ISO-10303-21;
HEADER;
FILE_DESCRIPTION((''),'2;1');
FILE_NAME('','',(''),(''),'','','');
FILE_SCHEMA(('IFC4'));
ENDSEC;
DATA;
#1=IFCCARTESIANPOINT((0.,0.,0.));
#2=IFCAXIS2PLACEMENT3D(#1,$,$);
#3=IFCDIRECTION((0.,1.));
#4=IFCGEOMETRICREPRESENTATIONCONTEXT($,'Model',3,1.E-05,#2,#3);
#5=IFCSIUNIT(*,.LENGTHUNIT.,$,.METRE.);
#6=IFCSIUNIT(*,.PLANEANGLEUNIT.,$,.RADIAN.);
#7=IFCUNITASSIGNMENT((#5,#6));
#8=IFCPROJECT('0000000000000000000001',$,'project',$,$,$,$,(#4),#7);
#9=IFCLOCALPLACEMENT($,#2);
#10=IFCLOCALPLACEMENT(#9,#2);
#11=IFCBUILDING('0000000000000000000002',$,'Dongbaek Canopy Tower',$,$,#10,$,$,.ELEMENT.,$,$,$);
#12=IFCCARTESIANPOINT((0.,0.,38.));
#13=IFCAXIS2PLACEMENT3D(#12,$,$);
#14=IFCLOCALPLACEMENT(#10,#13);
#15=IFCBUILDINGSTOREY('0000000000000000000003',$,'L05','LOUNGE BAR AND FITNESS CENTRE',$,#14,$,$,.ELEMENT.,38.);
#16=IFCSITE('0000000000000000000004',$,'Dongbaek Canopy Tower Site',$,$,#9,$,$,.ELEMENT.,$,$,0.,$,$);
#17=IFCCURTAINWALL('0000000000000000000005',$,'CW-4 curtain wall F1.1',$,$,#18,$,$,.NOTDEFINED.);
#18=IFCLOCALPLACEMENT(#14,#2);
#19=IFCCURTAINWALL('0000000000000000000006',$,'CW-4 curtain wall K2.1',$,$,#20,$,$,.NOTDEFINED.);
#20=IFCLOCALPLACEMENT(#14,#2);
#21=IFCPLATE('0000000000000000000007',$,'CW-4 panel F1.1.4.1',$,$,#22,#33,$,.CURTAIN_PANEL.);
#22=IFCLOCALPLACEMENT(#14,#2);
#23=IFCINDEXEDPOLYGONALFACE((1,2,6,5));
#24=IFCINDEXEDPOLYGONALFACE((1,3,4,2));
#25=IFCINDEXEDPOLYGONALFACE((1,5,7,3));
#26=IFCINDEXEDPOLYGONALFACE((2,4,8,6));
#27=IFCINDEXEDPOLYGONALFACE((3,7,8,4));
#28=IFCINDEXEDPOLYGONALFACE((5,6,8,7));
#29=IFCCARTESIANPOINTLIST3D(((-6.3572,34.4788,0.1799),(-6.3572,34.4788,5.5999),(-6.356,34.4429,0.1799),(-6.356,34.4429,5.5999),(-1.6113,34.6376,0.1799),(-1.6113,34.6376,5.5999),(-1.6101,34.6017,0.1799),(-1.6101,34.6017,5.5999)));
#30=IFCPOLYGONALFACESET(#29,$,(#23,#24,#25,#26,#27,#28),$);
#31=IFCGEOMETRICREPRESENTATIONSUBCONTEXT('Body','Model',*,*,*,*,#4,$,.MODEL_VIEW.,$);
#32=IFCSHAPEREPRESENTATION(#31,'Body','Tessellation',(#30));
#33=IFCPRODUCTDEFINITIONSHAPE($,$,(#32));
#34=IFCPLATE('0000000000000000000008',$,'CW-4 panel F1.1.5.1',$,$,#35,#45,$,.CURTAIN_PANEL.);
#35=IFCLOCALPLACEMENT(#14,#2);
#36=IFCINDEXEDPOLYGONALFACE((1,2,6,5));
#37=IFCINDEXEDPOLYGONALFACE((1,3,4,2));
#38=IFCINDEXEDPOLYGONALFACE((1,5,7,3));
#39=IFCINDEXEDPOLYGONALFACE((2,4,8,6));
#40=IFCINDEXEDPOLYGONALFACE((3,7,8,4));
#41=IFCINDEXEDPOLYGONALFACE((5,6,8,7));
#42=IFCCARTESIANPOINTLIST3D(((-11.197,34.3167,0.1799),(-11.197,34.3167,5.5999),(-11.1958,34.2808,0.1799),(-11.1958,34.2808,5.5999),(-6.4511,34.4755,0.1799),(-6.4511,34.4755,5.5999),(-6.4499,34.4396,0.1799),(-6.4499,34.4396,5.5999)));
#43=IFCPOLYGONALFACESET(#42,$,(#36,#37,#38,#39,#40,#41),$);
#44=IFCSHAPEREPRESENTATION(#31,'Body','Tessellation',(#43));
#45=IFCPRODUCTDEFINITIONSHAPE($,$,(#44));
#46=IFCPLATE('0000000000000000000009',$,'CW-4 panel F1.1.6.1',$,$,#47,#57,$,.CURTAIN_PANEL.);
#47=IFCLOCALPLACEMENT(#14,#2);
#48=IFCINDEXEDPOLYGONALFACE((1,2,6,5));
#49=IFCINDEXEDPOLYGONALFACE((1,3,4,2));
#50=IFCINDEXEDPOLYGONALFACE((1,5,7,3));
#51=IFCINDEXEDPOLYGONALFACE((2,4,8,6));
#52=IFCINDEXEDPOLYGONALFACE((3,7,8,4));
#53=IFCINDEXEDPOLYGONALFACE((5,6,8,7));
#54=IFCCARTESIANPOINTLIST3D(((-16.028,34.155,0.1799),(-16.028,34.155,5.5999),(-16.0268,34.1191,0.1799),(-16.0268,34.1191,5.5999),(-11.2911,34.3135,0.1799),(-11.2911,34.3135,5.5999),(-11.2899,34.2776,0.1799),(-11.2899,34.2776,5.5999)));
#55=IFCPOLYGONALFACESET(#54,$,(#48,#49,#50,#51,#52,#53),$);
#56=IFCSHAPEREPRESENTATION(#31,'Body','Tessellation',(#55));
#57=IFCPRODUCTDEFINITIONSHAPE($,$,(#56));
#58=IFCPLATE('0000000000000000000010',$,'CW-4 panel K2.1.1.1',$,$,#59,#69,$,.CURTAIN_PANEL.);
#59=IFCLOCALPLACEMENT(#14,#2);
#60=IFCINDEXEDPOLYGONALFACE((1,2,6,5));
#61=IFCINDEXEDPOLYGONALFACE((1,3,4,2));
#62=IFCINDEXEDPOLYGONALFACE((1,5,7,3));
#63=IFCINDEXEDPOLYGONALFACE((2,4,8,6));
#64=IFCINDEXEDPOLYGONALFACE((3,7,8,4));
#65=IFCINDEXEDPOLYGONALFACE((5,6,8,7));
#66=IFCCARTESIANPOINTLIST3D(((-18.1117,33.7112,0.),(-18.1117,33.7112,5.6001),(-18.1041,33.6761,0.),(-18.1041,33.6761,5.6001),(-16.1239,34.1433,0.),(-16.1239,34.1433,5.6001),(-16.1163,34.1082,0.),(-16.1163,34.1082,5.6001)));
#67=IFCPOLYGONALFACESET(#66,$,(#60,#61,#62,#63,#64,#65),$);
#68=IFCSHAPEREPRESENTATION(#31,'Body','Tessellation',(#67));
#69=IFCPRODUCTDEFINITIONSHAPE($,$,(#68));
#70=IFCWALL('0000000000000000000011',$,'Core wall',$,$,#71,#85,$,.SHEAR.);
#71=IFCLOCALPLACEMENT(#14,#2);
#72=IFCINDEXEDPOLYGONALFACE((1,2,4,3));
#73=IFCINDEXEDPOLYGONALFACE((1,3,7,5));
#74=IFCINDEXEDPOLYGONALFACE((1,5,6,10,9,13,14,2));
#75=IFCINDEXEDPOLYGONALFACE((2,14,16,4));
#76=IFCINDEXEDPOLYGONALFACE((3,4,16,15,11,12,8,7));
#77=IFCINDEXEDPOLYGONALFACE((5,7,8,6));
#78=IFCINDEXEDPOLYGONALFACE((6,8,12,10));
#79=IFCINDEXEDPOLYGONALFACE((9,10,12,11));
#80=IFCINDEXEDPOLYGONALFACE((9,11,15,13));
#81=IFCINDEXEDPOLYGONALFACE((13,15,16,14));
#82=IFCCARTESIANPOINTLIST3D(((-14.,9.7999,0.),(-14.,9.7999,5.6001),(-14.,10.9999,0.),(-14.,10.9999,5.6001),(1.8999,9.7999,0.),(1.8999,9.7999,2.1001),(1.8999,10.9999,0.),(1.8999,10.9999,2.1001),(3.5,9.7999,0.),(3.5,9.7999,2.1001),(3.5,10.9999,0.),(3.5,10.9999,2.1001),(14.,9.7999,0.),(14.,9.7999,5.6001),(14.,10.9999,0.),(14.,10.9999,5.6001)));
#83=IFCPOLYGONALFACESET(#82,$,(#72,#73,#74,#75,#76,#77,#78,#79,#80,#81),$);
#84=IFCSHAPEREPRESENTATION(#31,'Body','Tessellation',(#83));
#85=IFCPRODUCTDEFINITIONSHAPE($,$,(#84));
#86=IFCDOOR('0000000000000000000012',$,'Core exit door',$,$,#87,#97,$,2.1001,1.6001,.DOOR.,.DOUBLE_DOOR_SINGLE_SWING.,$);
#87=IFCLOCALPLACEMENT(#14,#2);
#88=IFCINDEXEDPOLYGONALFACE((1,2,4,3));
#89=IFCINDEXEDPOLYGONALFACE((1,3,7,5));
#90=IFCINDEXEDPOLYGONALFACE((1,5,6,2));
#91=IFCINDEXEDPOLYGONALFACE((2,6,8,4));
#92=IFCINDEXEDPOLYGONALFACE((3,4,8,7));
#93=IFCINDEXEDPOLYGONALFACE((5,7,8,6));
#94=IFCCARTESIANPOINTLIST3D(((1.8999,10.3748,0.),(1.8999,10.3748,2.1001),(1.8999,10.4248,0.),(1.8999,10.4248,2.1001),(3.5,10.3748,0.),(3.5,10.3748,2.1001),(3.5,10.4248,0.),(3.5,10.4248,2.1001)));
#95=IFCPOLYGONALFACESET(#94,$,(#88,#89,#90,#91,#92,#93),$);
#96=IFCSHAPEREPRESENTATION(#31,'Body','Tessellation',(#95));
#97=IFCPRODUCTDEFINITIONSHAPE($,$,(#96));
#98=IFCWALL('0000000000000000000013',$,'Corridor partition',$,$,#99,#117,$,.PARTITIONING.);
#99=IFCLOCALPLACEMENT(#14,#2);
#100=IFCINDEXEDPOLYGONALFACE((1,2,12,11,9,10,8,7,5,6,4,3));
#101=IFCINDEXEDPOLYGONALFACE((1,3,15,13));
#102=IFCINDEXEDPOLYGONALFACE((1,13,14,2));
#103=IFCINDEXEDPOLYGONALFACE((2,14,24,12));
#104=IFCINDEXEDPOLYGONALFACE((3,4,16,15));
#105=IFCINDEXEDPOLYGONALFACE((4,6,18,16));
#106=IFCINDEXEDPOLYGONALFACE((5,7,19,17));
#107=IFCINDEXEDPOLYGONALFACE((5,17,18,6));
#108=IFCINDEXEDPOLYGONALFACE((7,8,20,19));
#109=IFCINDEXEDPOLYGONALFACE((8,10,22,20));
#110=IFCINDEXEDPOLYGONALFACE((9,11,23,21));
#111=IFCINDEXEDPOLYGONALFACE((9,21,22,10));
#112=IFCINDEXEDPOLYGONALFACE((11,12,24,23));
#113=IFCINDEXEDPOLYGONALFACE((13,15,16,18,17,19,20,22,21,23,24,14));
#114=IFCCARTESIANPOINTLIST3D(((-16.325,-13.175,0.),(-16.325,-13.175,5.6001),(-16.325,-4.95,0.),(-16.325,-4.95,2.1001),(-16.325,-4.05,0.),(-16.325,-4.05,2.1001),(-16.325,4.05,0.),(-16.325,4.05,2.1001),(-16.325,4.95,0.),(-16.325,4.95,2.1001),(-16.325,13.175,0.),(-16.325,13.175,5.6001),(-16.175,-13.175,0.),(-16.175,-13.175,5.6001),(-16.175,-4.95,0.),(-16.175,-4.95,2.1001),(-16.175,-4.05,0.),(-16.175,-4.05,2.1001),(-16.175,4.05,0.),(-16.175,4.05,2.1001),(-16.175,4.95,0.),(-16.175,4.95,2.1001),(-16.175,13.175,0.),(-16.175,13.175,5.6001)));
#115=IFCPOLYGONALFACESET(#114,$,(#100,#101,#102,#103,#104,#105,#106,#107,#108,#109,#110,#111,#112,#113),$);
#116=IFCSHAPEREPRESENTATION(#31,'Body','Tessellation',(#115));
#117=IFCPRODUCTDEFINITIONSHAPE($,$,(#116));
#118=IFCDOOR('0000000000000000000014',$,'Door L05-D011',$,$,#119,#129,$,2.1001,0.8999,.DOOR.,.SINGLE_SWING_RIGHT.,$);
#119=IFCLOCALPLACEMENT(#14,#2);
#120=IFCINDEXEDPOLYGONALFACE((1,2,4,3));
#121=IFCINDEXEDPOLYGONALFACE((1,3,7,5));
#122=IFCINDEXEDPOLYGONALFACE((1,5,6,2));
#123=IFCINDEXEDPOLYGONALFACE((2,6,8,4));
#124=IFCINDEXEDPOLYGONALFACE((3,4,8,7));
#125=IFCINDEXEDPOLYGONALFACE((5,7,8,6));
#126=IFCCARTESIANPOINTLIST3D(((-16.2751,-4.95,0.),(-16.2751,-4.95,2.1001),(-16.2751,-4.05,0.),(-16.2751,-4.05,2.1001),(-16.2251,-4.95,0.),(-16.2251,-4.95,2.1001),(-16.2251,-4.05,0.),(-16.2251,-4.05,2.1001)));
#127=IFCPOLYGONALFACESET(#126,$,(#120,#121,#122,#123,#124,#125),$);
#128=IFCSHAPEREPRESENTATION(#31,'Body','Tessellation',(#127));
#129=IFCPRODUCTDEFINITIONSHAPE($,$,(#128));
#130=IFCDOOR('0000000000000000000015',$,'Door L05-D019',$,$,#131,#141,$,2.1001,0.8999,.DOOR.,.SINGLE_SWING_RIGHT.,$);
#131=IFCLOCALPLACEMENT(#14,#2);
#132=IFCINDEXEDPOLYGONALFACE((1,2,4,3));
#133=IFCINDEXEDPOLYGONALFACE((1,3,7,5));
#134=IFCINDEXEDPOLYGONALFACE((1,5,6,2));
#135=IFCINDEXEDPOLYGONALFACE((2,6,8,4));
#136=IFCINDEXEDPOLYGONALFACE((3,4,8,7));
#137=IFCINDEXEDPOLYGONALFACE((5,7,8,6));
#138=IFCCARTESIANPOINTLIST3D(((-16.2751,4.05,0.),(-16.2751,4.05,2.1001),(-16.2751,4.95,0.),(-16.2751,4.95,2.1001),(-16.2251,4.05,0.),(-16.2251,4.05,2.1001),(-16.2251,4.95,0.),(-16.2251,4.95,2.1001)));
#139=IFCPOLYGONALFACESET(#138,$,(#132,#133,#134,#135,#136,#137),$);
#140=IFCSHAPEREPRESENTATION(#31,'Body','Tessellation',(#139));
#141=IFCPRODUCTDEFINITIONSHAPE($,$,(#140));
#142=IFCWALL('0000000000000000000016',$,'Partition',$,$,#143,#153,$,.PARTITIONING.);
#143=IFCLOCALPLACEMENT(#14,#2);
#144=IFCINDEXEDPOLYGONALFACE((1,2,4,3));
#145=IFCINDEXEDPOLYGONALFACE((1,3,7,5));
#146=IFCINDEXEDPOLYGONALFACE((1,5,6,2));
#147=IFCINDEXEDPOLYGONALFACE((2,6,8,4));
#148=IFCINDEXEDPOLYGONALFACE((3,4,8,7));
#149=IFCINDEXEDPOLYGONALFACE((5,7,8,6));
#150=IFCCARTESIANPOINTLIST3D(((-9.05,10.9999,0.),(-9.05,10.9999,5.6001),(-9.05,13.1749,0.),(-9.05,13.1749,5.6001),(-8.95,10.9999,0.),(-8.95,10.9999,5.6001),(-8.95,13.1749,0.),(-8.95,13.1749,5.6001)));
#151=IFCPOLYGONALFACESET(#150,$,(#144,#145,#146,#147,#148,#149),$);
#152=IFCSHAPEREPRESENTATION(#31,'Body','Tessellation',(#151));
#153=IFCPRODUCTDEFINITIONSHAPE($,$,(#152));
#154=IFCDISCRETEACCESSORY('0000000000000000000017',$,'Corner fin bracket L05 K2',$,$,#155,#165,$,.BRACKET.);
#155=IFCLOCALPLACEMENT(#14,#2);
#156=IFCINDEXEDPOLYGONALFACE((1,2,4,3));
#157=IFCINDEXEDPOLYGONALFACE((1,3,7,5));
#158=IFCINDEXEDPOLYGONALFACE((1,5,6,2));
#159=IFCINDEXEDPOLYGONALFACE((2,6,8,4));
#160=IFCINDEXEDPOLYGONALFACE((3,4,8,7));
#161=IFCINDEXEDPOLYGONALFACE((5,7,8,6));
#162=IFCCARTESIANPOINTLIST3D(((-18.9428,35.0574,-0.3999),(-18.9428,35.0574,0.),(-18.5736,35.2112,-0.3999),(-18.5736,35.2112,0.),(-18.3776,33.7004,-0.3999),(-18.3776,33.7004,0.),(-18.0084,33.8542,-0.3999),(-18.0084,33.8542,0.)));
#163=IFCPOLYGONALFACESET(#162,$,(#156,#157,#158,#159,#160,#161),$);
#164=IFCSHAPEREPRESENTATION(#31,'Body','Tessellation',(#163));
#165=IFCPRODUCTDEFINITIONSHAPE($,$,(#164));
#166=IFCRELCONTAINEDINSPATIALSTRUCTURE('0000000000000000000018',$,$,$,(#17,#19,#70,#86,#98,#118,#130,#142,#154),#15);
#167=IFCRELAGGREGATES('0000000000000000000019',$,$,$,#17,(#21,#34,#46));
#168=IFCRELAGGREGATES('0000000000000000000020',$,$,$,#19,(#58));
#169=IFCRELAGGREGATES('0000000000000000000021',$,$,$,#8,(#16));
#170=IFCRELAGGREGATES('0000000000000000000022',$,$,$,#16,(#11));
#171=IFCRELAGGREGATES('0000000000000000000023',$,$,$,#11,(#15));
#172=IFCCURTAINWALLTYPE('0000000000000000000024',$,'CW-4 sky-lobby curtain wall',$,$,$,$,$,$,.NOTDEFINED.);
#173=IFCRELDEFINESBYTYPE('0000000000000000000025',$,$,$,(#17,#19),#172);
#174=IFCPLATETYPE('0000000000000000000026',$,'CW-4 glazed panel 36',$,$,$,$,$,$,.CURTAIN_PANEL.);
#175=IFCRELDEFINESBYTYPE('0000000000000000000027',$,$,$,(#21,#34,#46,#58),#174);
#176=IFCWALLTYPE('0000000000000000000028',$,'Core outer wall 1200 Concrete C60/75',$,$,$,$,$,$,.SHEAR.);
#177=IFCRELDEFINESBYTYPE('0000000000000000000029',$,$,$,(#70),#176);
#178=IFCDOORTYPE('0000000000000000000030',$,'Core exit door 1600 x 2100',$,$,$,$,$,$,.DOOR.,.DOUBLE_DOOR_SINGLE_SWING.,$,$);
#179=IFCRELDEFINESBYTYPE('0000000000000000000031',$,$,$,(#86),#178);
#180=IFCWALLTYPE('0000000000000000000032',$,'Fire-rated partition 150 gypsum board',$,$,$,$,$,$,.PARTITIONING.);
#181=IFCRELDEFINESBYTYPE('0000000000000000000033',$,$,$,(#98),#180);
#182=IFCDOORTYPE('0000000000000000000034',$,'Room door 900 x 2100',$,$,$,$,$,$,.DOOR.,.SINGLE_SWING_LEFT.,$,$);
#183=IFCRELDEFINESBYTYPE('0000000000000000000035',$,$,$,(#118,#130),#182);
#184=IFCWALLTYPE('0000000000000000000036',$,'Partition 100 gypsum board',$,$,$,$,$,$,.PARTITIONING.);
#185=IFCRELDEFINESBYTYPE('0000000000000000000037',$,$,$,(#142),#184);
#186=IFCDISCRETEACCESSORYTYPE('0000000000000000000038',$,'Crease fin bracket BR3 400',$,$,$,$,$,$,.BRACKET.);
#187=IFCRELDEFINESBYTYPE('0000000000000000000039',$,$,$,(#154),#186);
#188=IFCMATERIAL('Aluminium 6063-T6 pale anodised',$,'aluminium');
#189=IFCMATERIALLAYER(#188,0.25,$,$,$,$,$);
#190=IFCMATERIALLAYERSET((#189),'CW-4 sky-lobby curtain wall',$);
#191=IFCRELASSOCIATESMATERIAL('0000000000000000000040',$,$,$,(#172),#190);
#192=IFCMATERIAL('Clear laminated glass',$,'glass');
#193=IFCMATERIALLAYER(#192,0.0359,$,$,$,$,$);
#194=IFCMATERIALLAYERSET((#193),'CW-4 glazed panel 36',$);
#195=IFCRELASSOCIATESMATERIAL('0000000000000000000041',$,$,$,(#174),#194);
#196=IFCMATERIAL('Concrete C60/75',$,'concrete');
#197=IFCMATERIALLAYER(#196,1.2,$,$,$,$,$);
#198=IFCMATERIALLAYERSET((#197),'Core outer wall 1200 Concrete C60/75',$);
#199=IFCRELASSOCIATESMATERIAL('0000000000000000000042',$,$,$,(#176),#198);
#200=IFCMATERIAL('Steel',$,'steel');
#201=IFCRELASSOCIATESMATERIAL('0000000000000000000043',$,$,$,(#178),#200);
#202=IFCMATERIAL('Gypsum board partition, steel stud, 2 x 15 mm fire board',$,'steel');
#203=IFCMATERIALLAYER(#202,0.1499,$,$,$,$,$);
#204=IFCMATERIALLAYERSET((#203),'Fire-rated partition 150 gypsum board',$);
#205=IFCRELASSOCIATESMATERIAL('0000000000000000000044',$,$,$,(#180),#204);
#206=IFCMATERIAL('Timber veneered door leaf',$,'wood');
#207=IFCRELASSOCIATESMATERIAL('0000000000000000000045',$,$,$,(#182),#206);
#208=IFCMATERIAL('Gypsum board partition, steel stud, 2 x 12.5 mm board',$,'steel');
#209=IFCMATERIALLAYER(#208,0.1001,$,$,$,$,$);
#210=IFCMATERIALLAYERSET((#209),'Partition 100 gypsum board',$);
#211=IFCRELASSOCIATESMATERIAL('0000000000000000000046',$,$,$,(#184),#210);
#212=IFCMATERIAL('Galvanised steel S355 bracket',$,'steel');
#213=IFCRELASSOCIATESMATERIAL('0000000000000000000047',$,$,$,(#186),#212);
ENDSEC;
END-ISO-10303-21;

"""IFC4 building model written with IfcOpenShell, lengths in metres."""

from ifc_helpers import new_model, si_unit, direction, frame, frame_2d, origin, origin_2d, place, context, subcontext, project, spatial, rectangle, extrude, material, layer, layer_set, type_object, element, fill, aggregate, save


model = new_model("IFC4")

# Units and contexts
model_context = context("Model", 3, precision=1e-05, world=origin(), true_north=direction((0.0, 1.0)))
body_context = subcontext(model_context, "Body", "Model", "MODEL_VIEW")
ifc_project = project(units=[si_unit("LENGTHUNIT", "METRE"), si_unit("PLANEANGLEUNIT", "RADIAN")], contexts=[model_context])

# Site, building, storey
site_placement = place(None, origin())
site = spatial("IfcSite", under=ifc_project, at=site_placement, Name="Dongbaek Canopy Tower Site", CompositionType="ELEMENT", RefElevation=0.0)
building_placement = place(site_placement, origin())
building = spatial("IfcBuilding", under=site, at=building_placement, Name="Dongbaek Canopy Tower", CompositionType="ELEMENT")
storey_placement = place(building_placement, frame((0.0, 0.0, 38.0)))
storey = spatial("IfcBuildingStorey", under=building, at=storey_placement, Name="L05", Description="LOUNGE BAR AND FITNESS CENTRE", CompositionType="ELEMENT", Elevation=38.0)

# Curtain wall
ifc_material_1 = material(Name="Aluminium 6063-T6 pale anodised", Category="aluminium")
ifc_layer_1 = layer(ifc_material_1, 0.25)
ifc_layer_set_1 = layer_set([ifc_layer_1], Name="CW-4 sky-lobby curtain wall")
curtain_wall_type = type_object("IfcCurtainWallType", Name="CW-4 sky-lobby curtain wall", PredefinedType="NOTDEFINED", material=ifc_layer_set_1)
curtain_wall_1_placement = place(storey_placement, origin())
curtain_wall_1 = element("IfcCurtainWall", 1, at=curtain_wall_1_placement, inside=storey, type_object=curtain_wall_type, Name="CW-4 curtain wall F1.1", PredefinedType="NOTDEFINED")

# Curtain wall
curtain_wall_2_placement = place(storey_placement, origin())
curtain_wall_2 = element("IfcCurtainWall", 2, at=curtain_wall_2_placement, inside=storey, type_object=curtain_wall_type, Name="CW-4 curtain wall K2.1", PredefinedType="NOTDEFINED")

# Plates
ifc_material_2 = material(Name="Clear laminated glass", Category="glass")
ifc_layer_2 = layer(ifc_material_2, 0.0359)
ifc_layer_set_2 = layer_set([ifc_layer_2], Name="CW-4 glazed panel 36")
plate_type = type_object("IfcPlateType", Name="CW-4 glazed panel 36", PredefinedType="CURTAIN_PANEL", material=ifc_layer_set_2)
plate_1_placement = place(storey_placement, frame((-3.9836, 34.5403, 0.1799), z_axis=(0.0, 0.0, 1.0), x_axis=(-0.999441, -0.033442, 0.0)))
plate_1 = element("IfcPlate", 3, at=plate_1_placement, type_object=plate_type, Name="CW-4 panel F1.1.4.1", PredefinedType="CURTAIN_PANEL", context=body_context, shape_type="SweptSolid", body=[
    extrude(rectangle(XDim=4.7485, YDim=0.0359, at=origin_2d()), origin(), (0.0, 0.0, 1.0), 5.4199),
])
plate_2_placement = place(storey_placement, frame((-8.8235, 34.3782, 0.1799), z_axis=(0.0, 0.0, 1.0), x_axis=(-0.999441, -0.033442, 0.0)))
plate_2 = element("IfcPlate", 4, at=plate_2_placement, type_object=plate_type, Name="CW-4 panel F1.1.5.1", PredefinedType="CURTAIN_PANEL", context=body_context, shape_type="SweptSolid", body=[
    extrude(rectangle(XDim=4.7485, YDim=0.0359, at=origin_2d()), origin(), (0.0, 0.0, 1.0), 5.4199),
])
plate_3_placement = place(storey_placement, frame((-13.6589, 34.2163, 0.1799), z_axis=(0.0, 0.0, 1.0), x_axis=(-0.999441, -0.033442, 0.0)))
plate_3 = element("IfcPlate", 5, at=plate_3_placement, type_object=plate_type, Name="CW-4 panel F1.1.6.1", PredefinedType="CURTAIN_PANEL", context=body_context, shape_type="SweptSolid", body=[
    extrude(rectangle(XDim=4.7395, YDim=0.0359, at=origin_2d()), origin(), (0.0, 0.0, 1.0), 5.4199),
])
aggregate(curtain_wall_1, [plate_1, plate_2, plate_3])
plate_4_placement = place(storey_placement, frame((-17.114, 33.9097, 0.0), z_axis=(0.0, 0.0, 1.0), x_axis=(-0.977179, -0.212419, 0.0)))
plate_4 = element("IfcPlate", 6, at=plate_4_placement, type_object=plate_type, Name="CW-4 panel K2.1.1.1", PredefinedType="CURTAIN_PANEL", context=body_context, shape_type="SweptSolid", body=[
    extrude(rectangle(XDim=2.0342, YDim=0.0359, at=origin_2d()), origin(), (0.0, 0.0, 1.0), 5.6001),
])
aggregate(curtain_wall_2, [plate_4])

# Wall, opening, door
ifc_material_3 = material(Name="Concrete C60/75", Category="concrete")
ifc_layer_3 = layer(ifc_material_3, 1.2)
ifc_layer_set_3 = layer_set([ifc_layer_3], Name="Core outer wall 1200 Concrete C60/75")
wall_type_1 = type_object("IfcWallType", Name="Core outer wall 1200 Concrete C60/75", PredefinedType="SHEAR", material=ifc_layer_set_3)
wall_1_placement = place(storey_placement, frame((-14.0, 10.3999, 0.0), z_axis=(0.0, 0.0, 1.0), x_axis=(1.0, 0.0, 0.0)))
wall_1 = element("IfcWall", 7, at=wall_1_placement, inside=storey, type_object=wall_type_1, Name="Core wall", PredefinedType="SHEAR", context=body_context, shape_type="SweptSolid", body=[
    extrude(rectangle(XDim=28.0, YDim=1.2, at=frame_2d((14.0, 0.0))), origin(), (0.0, 0.0, 1.0), 5.6001),
])
opening_1_placement = place(wall_1_placement, frame((15.8999, 0.0, 0.0)))
opening_1 = element("IfcOpeningElement", 8, at=opening_1_placement, cuts=wall_1, PredefinedType="OPENING", context=body_context, shape_type="SweptSolid", body=[
    extrude(rectangle(XDim=1.6001, YDim=2.1001, at=frame_2d((0.8, 1.05))), frame((0.0, 0.6099, 0.0), z_axis=(0.0, -1.0, 0.0), x_axis=(1.0, 0.0, 0.0)), (0.0, 0.0, 1.0), 1.22),
])
ifc_material_4 = material(Name="Steel", Category="steel")
door_type_1 = type_object("IfcDoorType", Name="Core exit door 1600 x 2100", OperationType="DOUBLE_DOOR_SINGLE_SWING", PredefinedType="DOOR", material=ifc_material_4)
door_1_placement = place(opening_1_placement, origin())
door_1 = element("IfcDoor", 9, at=door_1_placement, inside=storey, type_object=door_type_1, Name="Core exit door", OperationType="DOUBLE_DOOR_SINGLE_SWING", OverallHeight=2.1001, OverallWidth=1.6001, PredefinedType="DOOR", context=body_context, shape_type="SweptSolid", body=[
    extrude(rectangle(XDim=1.6001, YDim=2.1001, at=frame_2d((0.8, 1.05))), frame((0.0, 0.0249, 0.0), z_axis=(0.0, -1.0, 0.0), x_axis=(1.0, 0.0, 0.0)), (0.0, 0.0, 1.0), 0.05),
])
fill(opening_1, door_1)

# Wall, openings, doors
ifc_material_5 = material(Name="Gypsum board partition, steel stud, 2 x 15 mm fire board", Category="steel")
ifc_layer_4 = layer(ifc_material_5, 0.1499)
ifc_layer_set_4 = layer_set([ifc_layer_4], Name="Fire-rated partition 150 gypsum board")
wall_type_2 = type_object("IfcWallType", Name="Fire-rated partition 150 gypsum board", PredefinedType="PARTITIONING", material=ifc_layer_set_4)
wall_2_placement = place(storey_placement, frame((-16.25, 13.175, 0.0), z_axis=(0.0, 0.0, 1.0), x_axis=(0.0, -1.0, 0.0)))
wall_2 = element("IfcWall", 10, at=wall_2_placement, inside=storey, type_object=wall_type_2, Name="Corridor partition", PredefinedType="PARTITIONING", context=body_context, shape_type="SweptSolid", body=[
    extrude(rectangle(XDim=26.3501, YDim=0.1499, at=frame_2d((13.175, 0.0))), origin(), (0.0, 0.0, 1.0), 5.6001),
])
opening_2_placement = place(wall_2_placement, frame((17.2251, 0.0, 0.0)))
opening_2 = element("IfcOpeningElement", 11, at=opening_2_placement, cuts=wall_2, PredefinedType="OPENING", context=body_context, shape_type="SweptSolid", body=[
    extrude(rectangle(XDim=0.8999, YDim=2.1001, at=frame_2d((0.45, 1.05))), frame((0.0, 0.085, 0.0), z_axis=(0.0, -1.0, 0.0), x_axis=(1.0, 0.0, 0.0)), (0.0, 0.0, 1.0), 0.1699),
])
opening_3_placement = place(wall_2_placement, frame((8.2251, 0.0, 0.0)))
opening_3 = element("IfcOpeningElement", 12, at=opening_3_placement, cuts=wall_2, PredefinedType="OPENING", context=body_context, shape_type="SweptSolid", body=[
    extrude(rectangle(XDim=0.8999, YDim=2.1001, at=frame_2d((0.45, 1.05))), frame((0.0, 0.085, 0.0), z_axis=(0.0, -1.0, 0.0), x_axis=(1.0, 0.0, 0.0)), (0.0, 0.0, 1.0), 0.1699),
])
ifc_material_6 = material(Name="Timber veneered door leaf", Category="wood")
door_type_2 = type_object("IfcDoorType", Name="Room door 900 x 2100", OperationType="SINGLE_SWING_LEFT", PredefinedType="DOOR", material=ifc_material_6)
door_2_placement = place(opening_2_placement, origin())
door_2 = element("IfcDoor", 13, at=door_2_placement, inside=storey, type_object=door_type_2, Name="Door L05-D011", OperationType="SINGLE_SWING_RIGHT", OverallHeight=2.1001, OverallWidth=0.8999, PredefinedType="DOOR", context=body_context, shape_type="SweptSolid", body=[
    extrude(rectangle(XDim=0.8999, YDim=2.1001, at=frame_2d((0.45, 1.05))), frame((0.0, 0.0249, 0.0), z_axis=(0.0, -1.0, 0.0), x_axis=(1.0, 0.0, 0.0)), (0.0, 0.0, 1.0), 0.05),
])
fill(opening_2, door_2)
door_3_placement = place(opening_3_placement, origin())
door_3 = element("IfcDoor", 14, at=door_3_placement, inside=storey, type_object=door_type_2, Name="Door L05-D019", OperationType="SINGLE_SWING_RIGHT", OverallHeight=2.1001, OverallWidth=0.8999, PredefinedType="DOOR", context=body_context, shape_type="SweptSolid", body=[
    extrude(rectangle(XDim=0.8999, YDim=2.1001, at=frame_2d((0.45, 1.05))), frame((0.0, 0.0249, 0.0), z_axis=(0.0, -1.0, 0.0), x_axis=(1.0, 0.0, 0.0)), (0.0, 0.0, 1.0), 0.05),
])
fill(opening_3, door_3)

# Wall
ifc_material_7 = material(Name="Gypsum board partition, steel stud, 2 x 12.5 mm board", Category="steel")
ifc_layer_5 = layer(ifc_material_7, 0.1001)
ifc_layer_set_5 = layer_set([ifc_layer_5], Name="Partition 100 gypsum board")
wall_type_3 = type_object("IfcWallType", Name="Partition 100 gypsum board", PredefinedType="PARTITIONING", material=ifc_layer_set_5)
wall_3_placement = place(storey_placement, frame((-9.0, 11.0, 0.0), z_axis=(0.0, 0.0, 1.0), x_axis=(0.0, 1.0, 0.0)))
element("IfcWall", 15, at=wall_3_placement, inside=storey, type_object=wall_type_3, Name="Partition", PredefinedType="PARTITIONING", context=body_context, shape_type="SweptSolid", body=[
    extrude(rectangle(XDim=2.175, YDim=0.1001, at=frame_2d((1.0874, 0.0))), origin(), (0.0, 0.0, 1.0), 5.6001),
])

# Discrete accessory
ifc_material_8 = material(Name="Galvanised steel S355 bracket", Category="steel")
discrete_accessory_type = type_object("IfcDiscreteAccessoryType", Name="Crease fin bracket BR3 400", PredefinedType="BRACKET", material=ifc_material_8)
discrete_accessory_placement = place(storey_placement, frame((-18.4756, 34.4558, -0.3999), z_axis=(0.0, 0.0, 1.0), x_axis=(-0.384487, 0.92313, 0.0)))
element("IfcDiscreteAccessory", 16, at=discrete_accessory_placement, inside=storey, type_object=discrete_accessory_type, Name="Corner fin bracket L05 K2", PredefinedType="BRACKET", context=body_context, shape_type="SweptSolid", body=[
    extrude(rectangle(XDim=1.47, YDim=0.3999, at=origin_2d()), origin(), (0.0, 0.0, 1.0), 0.3999),
])

save(model, "model.ifc")
